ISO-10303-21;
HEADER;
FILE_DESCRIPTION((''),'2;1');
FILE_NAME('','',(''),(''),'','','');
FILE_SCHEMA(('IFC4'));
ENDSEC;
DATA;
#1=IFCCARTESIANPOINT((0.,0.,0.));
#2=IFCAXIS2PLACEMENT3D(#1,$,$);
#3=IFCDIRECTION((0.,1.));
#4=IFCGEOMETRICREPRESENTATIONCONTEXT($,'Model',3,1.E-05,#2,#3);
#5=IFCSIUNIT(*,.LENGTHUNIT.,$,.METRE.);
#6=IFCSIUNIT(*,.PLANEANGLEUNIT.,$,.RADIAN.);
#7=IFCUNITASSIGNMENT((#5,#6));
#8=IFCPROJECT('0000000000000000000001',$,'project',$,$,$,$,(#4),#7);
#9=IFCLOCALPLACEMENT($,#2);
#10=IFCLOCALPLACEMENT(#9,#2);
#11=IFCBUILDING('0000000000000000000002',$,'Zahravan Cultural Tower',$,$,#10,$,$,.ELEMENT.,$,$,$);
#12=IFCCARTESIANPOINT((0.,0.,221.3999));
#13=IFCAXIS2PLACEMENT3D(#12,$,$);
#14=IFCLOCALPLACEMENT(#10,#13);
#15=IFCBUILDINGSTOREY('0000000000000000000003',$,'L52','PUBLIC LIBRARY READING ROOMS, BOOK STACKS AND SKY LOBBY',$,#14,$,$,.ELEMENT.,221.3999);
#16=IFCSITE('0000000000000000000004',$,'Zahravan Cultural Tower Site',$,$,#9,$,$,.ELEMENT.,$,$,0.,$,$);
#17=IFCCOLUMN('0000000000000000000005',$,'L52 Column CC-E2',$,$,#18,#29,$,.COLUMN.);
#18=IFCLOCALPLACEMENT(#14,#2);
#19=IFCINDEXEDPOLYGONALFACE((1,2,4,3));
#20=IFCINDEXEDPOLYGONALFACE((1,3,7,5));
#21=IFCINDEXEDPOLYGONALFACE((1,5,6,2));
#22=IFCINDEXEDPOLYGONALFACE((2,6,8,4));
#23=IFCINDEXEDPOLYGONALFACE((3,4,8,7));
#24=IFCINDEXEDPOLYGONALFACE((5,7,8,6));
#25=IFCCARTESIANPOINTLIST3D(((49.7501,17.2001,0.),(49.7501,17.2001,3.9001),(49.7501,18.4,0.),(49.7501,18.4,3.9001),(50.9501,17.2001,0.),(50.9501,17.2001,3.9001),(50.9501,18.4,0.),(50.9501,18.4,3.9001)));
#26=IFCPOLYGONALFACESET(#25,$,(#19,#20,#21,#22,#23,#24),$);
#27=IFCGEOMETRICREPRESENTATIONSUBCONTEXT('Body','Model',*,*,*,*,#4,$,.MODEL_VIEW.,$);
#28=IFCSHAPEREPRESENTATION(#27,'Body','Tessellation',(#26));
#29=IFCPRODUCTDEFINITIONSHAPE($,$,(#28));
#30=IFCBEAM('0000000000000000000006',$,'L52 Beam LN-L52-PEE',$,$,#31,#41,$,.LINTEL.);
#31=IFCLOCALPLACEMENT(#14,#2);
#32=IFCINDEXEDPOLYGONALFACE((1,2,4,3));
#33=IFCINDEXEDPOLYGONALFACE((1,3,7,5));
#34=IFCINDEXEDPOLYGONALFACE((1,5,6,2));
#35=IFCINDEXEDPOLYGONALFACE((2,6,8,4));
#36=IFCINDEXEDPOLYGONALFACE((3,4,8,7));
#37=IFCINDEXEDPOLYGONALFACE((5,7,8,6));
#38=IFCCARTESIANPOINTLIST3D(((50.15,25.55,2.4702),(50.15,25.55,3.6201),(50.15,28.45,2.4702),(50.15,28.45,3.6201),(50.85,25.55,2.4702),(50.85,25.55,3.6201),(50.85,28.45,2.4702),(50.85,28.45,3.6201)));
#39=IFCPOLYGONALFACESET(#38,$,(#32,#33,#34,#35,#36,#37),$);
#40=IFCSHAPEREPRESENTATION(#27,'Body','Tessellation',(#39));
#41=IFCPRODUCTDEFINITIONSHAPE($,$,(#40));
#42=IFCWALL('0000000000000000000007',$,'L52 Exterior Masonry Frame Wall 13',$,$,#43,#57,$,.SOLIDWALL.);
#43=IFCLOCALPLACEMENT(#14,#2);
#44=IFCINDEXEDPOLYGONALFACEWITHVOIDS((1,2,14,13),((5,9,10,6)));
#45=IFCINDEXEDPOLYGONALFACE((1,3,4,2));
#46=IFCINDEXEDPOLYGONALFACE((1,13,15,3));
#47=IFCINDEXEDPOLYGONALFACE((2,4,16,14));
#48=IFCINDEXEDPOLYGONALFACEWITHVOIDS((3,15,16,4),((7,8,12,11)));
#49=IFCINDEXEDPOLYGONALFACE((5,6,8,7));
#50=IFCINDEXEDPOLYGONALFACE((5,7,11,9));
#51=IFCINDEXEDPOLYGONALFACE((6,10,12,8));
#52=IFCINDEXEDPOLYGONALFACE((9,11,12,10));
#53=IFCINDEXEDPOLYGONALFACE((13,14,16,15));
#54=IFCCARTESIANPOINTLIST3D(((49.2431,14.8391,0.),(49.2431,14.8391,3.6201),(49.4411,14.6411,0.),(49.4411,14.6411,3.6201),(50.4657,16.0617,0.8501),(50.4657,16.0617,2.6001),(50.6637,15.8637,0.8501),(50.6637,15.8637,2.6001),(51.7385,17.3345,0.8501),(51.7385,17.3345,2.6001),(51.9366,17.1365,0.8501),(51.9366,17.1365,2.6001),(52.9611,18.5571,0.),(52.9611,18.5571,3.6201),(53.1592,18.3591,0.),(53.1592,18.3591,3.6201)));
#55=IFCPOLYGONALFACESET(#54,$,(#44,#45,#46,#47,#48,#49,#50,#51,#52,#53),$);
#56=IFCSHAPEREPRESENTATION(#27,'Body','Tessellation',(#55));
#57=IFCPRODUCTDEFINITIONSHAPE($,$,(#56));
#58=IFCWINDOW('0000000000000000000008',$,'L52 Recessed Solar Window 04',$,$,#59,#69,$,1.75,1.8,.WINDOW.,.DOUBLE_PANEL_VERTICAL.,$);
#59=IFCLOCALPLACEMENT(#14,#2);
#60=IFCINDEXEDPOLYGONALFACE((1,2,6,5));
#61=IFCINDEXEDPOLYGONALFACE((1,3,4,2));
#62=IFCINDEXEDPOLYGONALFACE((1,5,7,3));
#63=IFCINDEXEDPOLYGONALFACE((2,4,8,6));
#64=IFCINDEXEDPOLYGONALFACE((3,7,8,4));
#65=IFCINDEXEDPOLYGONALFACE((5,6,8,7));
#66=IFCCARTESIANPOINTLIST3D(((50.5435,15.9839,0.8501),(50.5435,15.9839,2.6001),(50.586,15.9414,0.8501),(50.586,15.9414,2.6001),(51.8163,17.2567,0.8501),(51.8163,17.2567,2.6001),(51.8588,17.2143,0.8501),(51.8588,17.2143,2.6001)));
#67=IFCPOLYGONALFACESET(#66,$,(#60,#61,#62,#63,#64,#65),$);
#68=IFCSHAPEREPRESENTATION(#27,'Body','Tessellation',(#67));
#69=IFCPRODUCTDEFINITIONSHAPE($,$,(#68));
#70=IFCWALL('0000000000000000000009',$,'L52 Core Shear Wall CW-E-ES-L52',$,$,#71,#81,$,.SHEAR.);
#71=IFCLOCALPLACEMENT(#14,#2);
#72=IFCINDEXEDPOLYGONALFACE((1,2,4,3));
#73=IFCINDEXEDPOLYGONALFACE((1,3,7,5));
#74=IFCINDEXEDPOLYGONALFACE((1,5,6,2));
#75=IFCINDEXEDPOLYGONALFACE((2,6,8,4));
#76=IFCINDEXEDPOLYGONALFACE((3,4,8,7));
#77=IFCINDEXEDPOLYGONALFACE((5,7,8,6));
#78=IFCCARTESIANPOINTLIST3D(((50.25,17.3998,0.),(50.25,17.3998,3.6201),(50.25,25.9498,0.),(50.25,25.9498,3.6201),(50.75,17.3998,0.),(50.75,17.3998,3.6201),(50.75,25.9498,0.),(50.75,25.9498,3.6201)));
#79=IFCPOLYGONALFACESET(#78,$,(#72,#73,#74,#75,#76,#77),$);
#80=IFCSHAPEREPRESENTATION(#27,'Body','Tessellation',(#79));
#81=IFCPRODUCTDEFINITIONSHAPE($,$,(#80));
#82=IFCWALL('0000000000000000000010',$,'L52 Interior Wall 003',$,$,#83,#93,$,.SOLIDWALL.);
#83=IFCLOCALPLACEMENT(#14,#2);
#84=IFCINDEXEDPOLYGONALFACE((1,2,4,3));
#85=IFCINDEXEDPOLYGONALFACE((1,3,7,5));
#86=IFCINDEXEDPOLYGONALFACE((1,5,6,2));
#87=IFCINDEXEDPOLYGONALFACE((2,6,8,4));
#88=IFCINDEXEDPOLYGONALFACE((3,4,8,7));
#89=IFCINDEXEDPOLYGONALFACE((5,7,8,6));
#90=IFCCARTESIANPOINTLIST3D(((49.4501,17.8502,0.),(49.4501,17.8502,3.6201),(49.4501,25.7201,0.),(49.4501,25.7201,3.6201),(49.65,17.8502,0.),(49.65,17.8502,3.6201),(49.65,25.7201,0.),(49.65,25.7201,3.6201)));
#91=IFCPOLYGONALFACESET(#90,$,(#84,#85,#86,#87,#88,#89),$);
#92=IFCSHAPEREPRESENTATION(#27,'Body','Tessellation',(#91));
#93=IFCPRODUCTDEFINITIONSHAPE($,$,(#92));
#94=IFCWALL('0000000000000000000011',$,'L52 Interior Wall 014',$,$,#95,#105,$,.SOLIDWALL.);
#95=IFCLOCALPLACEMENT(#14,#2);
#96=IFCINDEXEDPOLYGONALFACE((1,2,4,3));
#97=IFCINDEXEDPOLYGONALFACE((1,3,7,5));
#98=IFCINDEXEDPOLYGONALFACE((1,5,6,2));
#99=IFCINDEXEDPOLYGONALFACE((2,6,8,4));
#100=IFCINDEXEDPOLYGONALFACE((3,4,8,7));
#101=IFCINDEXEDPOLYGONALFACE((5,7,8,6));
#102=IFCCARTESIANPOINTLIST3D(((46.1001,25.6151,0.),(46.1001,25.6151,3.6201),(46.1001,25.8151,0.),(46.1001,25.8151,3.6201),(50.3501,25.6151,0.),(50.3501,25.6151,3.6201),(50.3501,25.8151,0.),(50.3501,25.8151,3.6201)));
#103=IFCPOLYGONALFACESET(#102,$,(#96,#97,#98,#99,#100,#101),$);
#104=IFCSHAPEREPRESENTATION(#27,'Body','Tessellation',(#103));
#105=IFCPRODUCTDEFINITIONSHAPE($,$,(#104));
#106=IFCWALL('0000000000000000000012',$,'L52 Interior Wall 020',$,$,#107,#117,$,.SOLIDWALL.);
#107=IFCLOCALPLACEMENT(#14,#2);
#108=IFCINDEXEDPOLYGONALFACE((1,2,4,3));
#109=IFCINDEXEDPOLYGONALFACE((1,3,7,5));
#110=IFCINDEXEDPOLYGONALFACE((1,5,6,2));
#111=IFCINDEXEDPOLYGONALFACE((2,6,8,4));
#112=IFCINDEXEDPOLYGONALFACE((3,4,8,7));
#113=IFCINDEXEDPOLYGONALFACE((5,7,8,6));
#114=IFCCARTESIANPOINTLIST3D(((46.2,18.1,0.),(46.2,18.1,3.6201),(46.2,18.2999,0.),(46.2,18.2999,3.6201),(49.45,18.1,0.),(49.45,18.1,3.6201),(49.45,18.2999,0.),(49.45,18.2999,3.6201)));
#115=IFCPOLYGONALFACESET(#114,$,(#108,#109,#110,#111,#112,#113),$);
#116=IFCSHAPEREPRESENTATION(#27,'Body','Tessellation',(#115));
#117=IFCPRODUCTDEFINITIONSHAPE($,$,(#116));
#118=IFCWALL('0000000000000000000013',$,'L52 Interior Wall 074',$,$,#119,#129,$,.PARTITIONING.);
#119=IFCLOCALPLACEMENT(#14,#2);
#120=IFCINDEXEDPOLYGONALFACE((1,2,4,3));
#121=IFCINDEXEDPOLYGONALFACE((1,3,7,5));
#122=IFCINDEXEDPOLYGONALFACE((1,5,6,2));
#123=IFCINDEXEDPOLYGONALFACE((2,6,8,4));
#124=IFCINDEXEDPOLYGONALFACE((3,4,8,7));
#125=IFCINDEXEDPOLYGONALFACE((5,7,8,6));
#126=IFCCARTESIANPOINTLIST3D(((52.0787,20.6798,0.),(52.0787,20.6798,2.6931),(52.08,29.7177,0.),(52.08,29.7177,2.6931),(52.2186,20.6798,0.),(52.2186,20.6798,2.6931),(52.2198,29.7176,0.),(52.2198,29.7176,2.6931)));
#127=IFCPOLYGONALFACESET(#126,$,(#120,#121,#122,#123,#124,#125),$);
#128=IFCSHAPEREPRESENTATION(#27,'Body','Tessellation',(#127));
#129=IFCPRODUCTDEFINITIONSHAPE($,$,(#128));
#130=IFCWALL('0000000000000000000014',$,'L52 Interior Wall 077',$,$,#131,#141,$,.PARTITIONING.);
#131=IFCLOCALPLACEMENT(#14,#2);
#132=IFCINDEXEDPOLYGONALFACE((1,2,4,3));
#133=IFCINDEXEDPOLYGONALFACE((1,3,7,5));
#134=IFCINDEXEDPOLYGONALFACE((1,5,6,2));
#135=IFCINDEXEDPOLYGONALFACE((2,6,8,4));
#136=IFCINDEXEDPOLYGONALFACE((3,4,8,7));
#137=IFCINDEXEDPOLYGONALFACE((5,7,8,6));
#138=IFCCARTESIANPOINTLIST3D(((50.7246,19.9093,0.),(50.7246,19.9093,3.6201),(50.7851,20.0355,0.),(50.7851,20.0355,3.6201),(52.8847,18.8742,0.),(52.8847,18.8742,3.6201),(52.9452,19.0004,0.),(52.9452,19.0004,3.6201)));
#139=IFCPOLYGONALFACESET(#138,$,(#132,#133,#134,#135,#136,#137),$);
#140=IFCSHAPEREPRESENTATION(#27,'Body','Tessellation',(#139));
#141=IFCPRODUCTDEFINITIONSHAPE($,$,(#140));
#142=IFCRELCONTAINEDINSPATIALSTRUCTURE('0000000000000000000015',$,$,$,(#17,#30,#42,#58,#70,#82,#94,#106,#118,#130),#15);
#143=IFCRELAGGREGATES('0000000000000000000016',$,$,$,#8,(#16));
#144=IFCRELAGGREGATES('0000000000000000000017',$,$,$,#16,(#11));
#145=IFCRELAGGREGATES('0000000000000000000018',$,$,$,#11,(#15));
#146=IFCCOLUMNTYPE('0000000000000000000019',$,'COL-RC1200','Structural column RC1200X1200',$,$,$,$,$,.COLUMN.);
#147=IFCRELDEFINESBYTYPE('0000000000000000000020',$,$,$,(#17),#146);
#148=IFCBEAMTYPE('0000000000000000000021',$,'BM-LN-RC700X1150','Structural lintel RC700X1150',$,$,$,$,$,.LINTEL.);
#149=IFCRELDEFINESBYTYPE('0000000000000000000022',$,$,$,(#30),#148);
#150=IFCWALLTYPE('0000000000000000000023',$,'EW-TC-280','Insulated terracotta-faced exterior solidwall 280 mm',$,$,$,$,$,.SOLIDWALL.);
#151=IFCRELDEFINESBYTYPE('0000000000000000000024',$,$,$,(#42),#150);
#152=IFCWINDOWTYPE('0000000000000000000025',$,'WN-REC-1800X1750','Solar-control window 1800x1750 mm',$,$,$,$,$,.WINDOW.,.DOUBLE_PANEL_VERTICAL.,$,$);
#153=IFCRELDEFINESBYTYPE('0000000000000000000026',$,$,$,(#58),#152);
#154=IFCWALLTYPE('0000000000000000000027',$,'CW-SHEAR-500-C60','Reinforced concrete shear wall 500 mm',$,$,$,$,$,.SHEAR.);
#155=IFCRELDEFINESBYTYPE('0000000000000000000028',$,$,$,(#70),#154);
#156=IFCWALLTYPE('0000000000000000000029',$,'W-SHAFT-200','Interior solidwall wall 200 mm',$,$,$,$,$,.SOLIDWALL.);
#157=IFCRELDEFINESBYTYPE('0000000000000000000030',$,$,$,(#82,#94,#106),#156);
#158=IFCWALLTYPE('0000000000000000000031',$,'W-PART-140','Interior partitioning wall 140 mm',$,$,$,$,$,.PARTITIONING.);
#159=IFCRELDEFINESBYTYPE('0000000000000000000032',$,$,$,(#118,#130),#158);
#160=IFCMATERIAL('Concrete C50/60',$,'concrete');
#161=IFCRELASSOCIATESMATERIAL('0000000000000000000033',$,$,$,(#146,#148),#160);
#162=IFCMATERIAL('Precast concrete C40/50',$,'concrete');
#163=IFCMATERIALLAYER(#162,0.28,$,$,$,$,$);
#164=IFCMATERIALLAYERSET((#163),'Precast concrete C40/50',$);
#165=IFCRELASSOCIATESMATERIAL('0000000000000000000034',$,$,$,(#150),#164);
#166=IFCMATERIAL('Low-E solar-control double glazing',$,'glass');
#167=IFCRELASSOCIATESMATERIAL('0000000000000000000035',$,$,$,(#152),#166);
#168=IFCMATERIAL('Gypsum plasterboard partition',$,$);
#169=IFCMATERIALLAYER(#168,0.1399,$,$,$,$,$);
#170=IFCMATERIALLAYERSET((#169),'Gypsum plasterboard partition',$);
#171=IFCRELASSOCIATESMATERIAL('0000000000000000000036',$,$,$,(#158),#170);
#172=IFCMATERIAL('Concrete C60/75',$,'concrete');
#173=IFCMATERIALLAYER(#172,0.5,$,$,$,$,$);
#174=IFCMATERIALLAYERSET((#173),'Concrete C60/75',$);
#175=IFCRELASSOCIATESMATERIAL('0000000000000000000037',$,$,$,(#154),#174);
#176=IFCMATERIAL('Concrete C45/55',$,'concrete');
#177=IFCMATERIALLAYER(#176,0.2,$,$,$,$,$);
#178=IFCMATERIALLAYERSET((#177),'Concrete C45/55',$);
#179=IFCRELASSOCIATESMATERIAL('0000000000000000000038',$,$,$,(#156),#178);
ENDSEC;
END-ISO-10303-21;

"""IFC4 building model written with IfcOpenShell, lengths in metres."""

from ifc_helpers import new_model, si_unit, direction, frame, frame_2d, origin, origin_2d, place, context, subcontext, project, spatial, rectangle, extrude, source, transform, mapped, material, layer, layer_set, material_profile, profile_set, type_object, element, fill, save


model = new_model("IFC4")

# Units and contexts
model_context = context("Model", 3, precision=1e-05, world=origin(), true_north=direction((0.0, 1.0)))
body_context = subcontext(model_context, "Body", "Model", "MODEL_VIEW")
ifc_project = project(units=[si_unit("LENGTHUNIT", "METRE"), si_unit("PLANEANGLEUNIT", "RADIAN")], contexts=[model_context])

# Site, building, storey
site_placement = place(None, origin())
site = spatial("IfcSite", under=ifc_project, at=site_placement, Name="Zahravan Cultural Tower Site", CompositionType="ELEMENT", RefElevation=0.0)
building_placement = place(site_placement, origin())
building = spatial("IfcBuilding", under=site, at=building_placement, Name="Zahravan Cultural Tower", CompositionType="ELEMENT")
storey_placement = place(building_placement, frame((0.0, 0.0, 221.3999)))
storey = spatial("IfcBuildingStorey", under=building, at=storey_placement, Name="L52", Description="PUBLIC LIBRARY READING ROOMS, BOOK STACKS AND SKY LOBBY", CompositionType="ELEMENT", Elevation=221.3999)

# Column
ifc_material_1 = material(Name="Concrete C50/60", Category="concrete")
ifc_material_profile_1 = material_profile(ifc_material_1, rectangle(XDim=1.2, YDim=1.2, at=origin_2d()), Name="RC1200X1200")
ifc_profile_set_1 = profile_set([ifc_material_profile_1], Name="Concrete C50/60")
column_type = type_object("IfcColumnType", Name="COL-RC1200", Description="Structural column RC1200X1200", PredefinedType="COLUMN", material=ifc_profile_set_1)
shared_shape_1 = source(origin(), body_context, "Body", "SweptSolid", [
    extrude(rectangle(XDim=1.2, YDim=1.2, at=origin_2d()), origin(), (0.0, 0.0, 1.0), 3.9001),
])
column_placement = place(storey_placement, frame((50.3501, 17.8, 0.0), z_axis=(0.0, 0.0, 1.0), x_axis=(1.0, 0.0, 0.0)))
element("IfcColumn", 1, at=column_placement, inside=storey, type_object=column_type, Name="L52 Column CC-E2", PredefinedType="COLUMN", context=body_context, shape_type="MappedRepresentation", body=[
    mapped(shared_shape_1, transform((0.0, 0.0, 0.0), x_axis=(1.0, 0.0, 0.0), y_axis=(0.0, 1.0, 0.0), z_axis=(0.0, 0.0, 1.0), scale=1.0)),
])

# Beam
ifc_material_profile_2 = material_profile(ifc_material_1, rectangle(XDim=0.7, YDim=1.1499, at=origin_2d()), Name="RC700X1150")
ifc_profile_set_2 = profile_set([ifc_material_profile_2], Name="Concrete C50/60")
beam_type = type_object("IfcBeamType", Name="BM-LN-RC700X1150", Description="Structural lintel RC700X1150", PredefinedType="LINTEL", material=ifc_profile_set_2)
shared_shape_2 = source(origin(), body_context, "Body", "SweptSolid", [
    extrude(rectangle(XDim=0.7, YDim=1.1499, at=origin_2d()), origin(), (0.0, 0.0, 1.0), 2.8999),
])
beam_placement = place(storey_placement, frame((50.5, 25.55, 3.0452), z_axis=(0.0, 1.0, 0.0), x_axis=(-1.0, 0.0, 0.0)))
element("IfcBeam", 2, at=beam_placement, inside=storey, type_object=beam_type, Name="L52 Beam LN-L52-PEE", PredefinedType="LINTEL", context=body_context, shape_type="MappedRepresentation", body=[
    mapped(shared_shape_2, transform((0.0, 0.0, 0.0), x_axis=(1.0, 0.0, 0.0), y_axis=(0.0, 1.0, 0.0), z_axis=(0.0, 0.0, 1.0), scale=1.0)),
])

# Wall, opening, window
ifc_material_2 = material(Name="Precast concrete C40/50", Category="concrete")
ifc_layer_1 = layer(ifc_material_2, 0.28)
ifc_layer_set_1 = layer_set([ifc_layer_1], Name="Precast concrete C40/50")
wall_type_1 = type_object("IfcWallType", Name="EW-TC-280", Description="Insulated terracotta-faced exterior solidwall 280 mm", PredefinedType="SOLIDWALL", material=ifc_layer_set_1)
wall_1_placement = place(storey_placement, frame((53.0601, 18.458, 0.0), z_axis=(0.0, 0.0, 1.0), x_axis=(-0.707107, -0.707107, 0.0)))
wall_1 = element("IfcWall", 3, at=wall_1_placement, inside=storey, type_object=wall_type_1, Name="L52 Exterior Masonry Frame Wall 13", PredefinedType="SOLIDWALL", context=body_context, shape_type="SweptSolid", body=[
    extrude(rectangle(XDim=5.2581, YDim=0.28, at=frame_2d((2.6289, 0.0))), origin(), (0.0, 0.0, 1.0), 3.6201),
])
opening_1_placement = place(wall_1_placement, frame((1.729, 0.0, 0.8501)))
opening_1 = element("IfcOpeningElement", 4, at=opening_1_placement, cuts=wall_1, PredefinedType="OPENING", context=body_context, shape_type="SweptSolid", body=[
    extrude(rectangle(XDim=1.8, YDim=1.75, at=frame_2d((0.8999, 0.875))), frame((0.0, 0.1499, 0.0), z_axis=(0.0, -1.0, 0.0), x_axis=(1.0, 0.0, 0.0)), (0.0, 0.0, 1.0), 0.3),
])
ifc_material_3 = material(Name="Low-E solar-control double glazing", Category="glass")
window_type = type_object("IfcWindowType", Name="WN-REC-1800X1750", Description="Solar-control window 1800x1750 mm", PartitioningType="DOUBLE_PANEL_VERTICAL", PredefinedType="WINDOW", material=ifc_material_3)
shared_shape_3 = source(origin(), body_context, "Body", "SweptSolid", [
    extrude(rectangle(XDim=1.8, YDim=1.75, at=frame_2d((0.8999, 0.875))), frame((0.0, 0.03, 0.0), z_axis=(0.0, -1.0, 0.0), x_axis=(1.0, 0.0, 0.0)), (0.0, 0.0, 1.0), 0.0601),
])
window_placement = place(opening_1_placement, origin())
window = element("IfcWindow", 5, at=window_placement, inside=storey, type_object=window_type, Name="L52 Recessed Solar Window 04", OverallHeight=1.75, OverallWidth=1.8, PartitioningType="DOUBLE_PANEL_VERTICAL", PredefinedType="WINDOW", context=body_context, shape_type="MappedRepresentation", body=[
    mapped(shared_shape_3, transform((0.0, 0.0, 0.0), x_axis=(1.0, 0.0, 0.0), y_axis=(0.0, 1.0, 0.0), z_axis=(0.0, 0.0, 1.0), scale=1.0)),
])
fill(opening_1, window)

# Shared definitions
ifc_material_4 = material(Name="Gypsum plasterboard partition")
ifc_layer_2 = layer(ifc_material_4, 0.1399)
ifc_layer_set_2 = layer_set([ifc_layer_2], Name="Gypsum plasterboard partition")
wall_type_2 = type_object("IfcWallType", Name="W-PART-140", Description="Interior partitioning wall 140 mm", PredefinedType="PARTITIONING", material=ifc_layer_set_2)

# Walls
ifc_material_5 = material(Name="Concrete C60/75", Category="concrete")
ifc_layer_3 = layer(ifc_material_5, 0.5)
ifc_layer_set_3 = layer_set([ifc_layer_3], Name="Concrete C60/75")
wall_type_3 = type_object("IfcWallType", Name="CW-SHEAR-500-C60", Description="Reinforced concrete shear wall 500 mm", PredefinedType="SHEAR", material=ifc_layer_set_3)
shared_shape_4 = source(origin(), body_context, "Body", "SweptSolid", [
    extrude(rectangle(XDim=8.55, YDim=0.5, at=frame_2d((4.2749, 0.0))), origin(), (0.0, 0.0, 1.0), 3.6201),
])
wall_2_placement = place(storey_placement, frame((50.5, 17.3999, 0.0), z_axis=(0.0, 0.0, 1.0), x_axis=(0.0, 1.0, 0.0)))
element("IfcWall", 6, at=wall_2_placement, inside=storey, type_object=wall_type_3, Name="L52 Core Shear Wall CW-E-ES-L52", PredefinedType="SHEAR", context=body_context, shape_type="MappedRepresentation", body=[
    mapped(shared_shape_4, transform((0.0, 0.0, 0.0), x_axis=(1.0, 0.0, 0.0), y_axis=(0.0, 1.0, 0.0), z_axis=(0.0, 0.0, 1.0), scale=1.0)),
])
ifc_material_6 = material(Name="Concrete C45/55", Category="concrete")
ifc_layer_4 = layer(ifc_material_6, 0.2)
ifc_layer_set_4 = layer_set([ifc_layer_4], Name="Concrete C45/55")
wall_type_4 = type_object("IfcWallType", Name="W-SHAFT-200", Description="Interior solidwall wall 200 mm", PredefinedType="SOLIDWALL", material=ifc_layer_set_4)
shared_shape_5 = source(origin(), body_context, "Body", "SweptSolid", [
    extrude(rectangle(XDim=7.8699, YDim=0.2, at=frame_2d((3.9351, 0.0))), origin(), (0.0, 0.0, 1.0), 3.6201),
])
wall_3_placement = place(storey_placement, frame((49.55, 17.8501, 0.0), z_axis=(0.0, 0.0, 1.0), x_axis=(0.0, 1.0, 0.0)))
element("IfcWall", 7, at=wall_3_placement, inside=storey, type_object=wall_type_4, Name="L52 Interior Wall 003", PredefinedType="SOLIDWALL", context=body_context, shape_type="MappedRepresentation", body=[
    mapped(shared_shape_5, transform((0.0, 0.0, 0.0), x_axis=(1.0, 0.0, 0.0), y_axis=(0.0, 1.0, 0.0), z_axis=(0.0, 0.0, 1.0), scale=1.0)),
])
shared_shape_6 = source(origin(), body_context, "Body", "SweptSolid", [
    extrude(rectangle(XDim=4.25, YDim=0.2, at=frame_2d((2.125, 0.0))), origin(), (0.0, 0.0, 1.0), 3.6201),
])
wall_4_placement = place(storey_placement, frame((46.1001, 25.7151, 0.0), z_axis=(0.0, 0.0, 1.0), x_axis=(1.0, 0.0, 0.0)))
element("IfcWall", 8, at=wall_4_placement, inside=storey, type_object=wall_type_4, Name="L52 Interior Wall 014", PredefinedType="SOLIDWALL", context=body_context, shape_type="MappedRepresentation", body=[
    mapped(shared_shape_6, transform((0.0, 0.0, 0.0), x_axis=(1.0, 0.0, 0.0), y_axis=(0.0, 1.0, 0.0), z_axis=(0.0, 0.0, 1.0), scale=1.0)),
])
shared_shape_7 = source(origin(), body_context, "Body", "SweptSolid", [
    extrude(rectangle(XDim=3.25, YDim=0.2, at=frame_2d((1.625, 0.0))), origin(), (0.0, 0.0, 1.0), 3.6201),
])
wall_5_placement = place(storey_placement, frame((46.2, 18.2, 0.0), z_axis=(0.0, 0.0, 1.0), x_axis=(1.0, 0.0, 0.0)))
element("IfcWall", 9, at=wall_5_placement, inside=storey, type_object=wall_type_4, Name="L52 Interior Wall 020", PredefinedType="SOLIDWALL", context=body_context, shape_type="MappedRepresentation", body=[
    mapped(shared_shape_7, transform((0.0, 0.0, 0.0), x_axis=(1.0, 0.0, 0.0), y_axis=(0.0, 1.0, 0.0), z_axis=(0.0, 0.0, 1.0), scale=1.0)),
])
shared_shape_8 = source(origin(), body_context, "Body", "SweptSolid", [
    extrude(rectangle(XDim=9.0378, YDim=0.1399, at=frame_2d((4.519, 0.0))), origin(), (0.0, 0.0, 1.0), 2.6931),
])
wall_6_placement = place(storey_placement, frame((52.1487, 20.6797, 0.0), z_axis=(0.0, 0.0, 1.0), x_axis=(0.000135, 1.0, 0.0)))
element("IfcWall", 10, at=wall_6_placement, inside=storey, type_object=wall_type_2, Name="L52 Interior Wall 074", PredefinedType="PARTITIONING", context=body_context, shape_type="MappedRepresentation", body=[
    mapped(shared_shape_8, transform((0.0, 0.0, 0.0), x_axis=(1.0, 0.0, 0.0), y_axis=(0.0, 1.0, 0.0), z_axis=(0.0, 0.0, 1.0), scale=1.0)),
])
shared_shape_9 = source(origin(), body_context, "Body", "SweptSolid", [
    extrude(rectangle(XDim=2.3953, YDim=0.1399, at=frame_2d((1.1978, 0.0))), origin(), (0.0, 0.0, 1.0), 3.6201),
])
wall_7_placement = place(storey_placement, frame((52.915, 18.9373, 0.0), z_axis=(0.0, 0.0, 1.0), x_axis=(-0.901803, 0.432148, 0.0)))
element("IfcWall", 11, at=wall_7_placement, inside=storey, type_object=wall_type_2, Name="L52 Interior Wall 077", PredefinedType="PARTITIONING", context=body_context, shape_type="MappedRepresentation", body=[
    mapped(shared_shape_9, transform((0.0, 0.0, 0.0), x_axis=(1.0, 0.0, 0.0), y_axis=(0.0, 1.0, 0.0), z_axis=(0.0, 0.0, 1.0), scale=1.0)),
])

save(model, "model.ifc")
